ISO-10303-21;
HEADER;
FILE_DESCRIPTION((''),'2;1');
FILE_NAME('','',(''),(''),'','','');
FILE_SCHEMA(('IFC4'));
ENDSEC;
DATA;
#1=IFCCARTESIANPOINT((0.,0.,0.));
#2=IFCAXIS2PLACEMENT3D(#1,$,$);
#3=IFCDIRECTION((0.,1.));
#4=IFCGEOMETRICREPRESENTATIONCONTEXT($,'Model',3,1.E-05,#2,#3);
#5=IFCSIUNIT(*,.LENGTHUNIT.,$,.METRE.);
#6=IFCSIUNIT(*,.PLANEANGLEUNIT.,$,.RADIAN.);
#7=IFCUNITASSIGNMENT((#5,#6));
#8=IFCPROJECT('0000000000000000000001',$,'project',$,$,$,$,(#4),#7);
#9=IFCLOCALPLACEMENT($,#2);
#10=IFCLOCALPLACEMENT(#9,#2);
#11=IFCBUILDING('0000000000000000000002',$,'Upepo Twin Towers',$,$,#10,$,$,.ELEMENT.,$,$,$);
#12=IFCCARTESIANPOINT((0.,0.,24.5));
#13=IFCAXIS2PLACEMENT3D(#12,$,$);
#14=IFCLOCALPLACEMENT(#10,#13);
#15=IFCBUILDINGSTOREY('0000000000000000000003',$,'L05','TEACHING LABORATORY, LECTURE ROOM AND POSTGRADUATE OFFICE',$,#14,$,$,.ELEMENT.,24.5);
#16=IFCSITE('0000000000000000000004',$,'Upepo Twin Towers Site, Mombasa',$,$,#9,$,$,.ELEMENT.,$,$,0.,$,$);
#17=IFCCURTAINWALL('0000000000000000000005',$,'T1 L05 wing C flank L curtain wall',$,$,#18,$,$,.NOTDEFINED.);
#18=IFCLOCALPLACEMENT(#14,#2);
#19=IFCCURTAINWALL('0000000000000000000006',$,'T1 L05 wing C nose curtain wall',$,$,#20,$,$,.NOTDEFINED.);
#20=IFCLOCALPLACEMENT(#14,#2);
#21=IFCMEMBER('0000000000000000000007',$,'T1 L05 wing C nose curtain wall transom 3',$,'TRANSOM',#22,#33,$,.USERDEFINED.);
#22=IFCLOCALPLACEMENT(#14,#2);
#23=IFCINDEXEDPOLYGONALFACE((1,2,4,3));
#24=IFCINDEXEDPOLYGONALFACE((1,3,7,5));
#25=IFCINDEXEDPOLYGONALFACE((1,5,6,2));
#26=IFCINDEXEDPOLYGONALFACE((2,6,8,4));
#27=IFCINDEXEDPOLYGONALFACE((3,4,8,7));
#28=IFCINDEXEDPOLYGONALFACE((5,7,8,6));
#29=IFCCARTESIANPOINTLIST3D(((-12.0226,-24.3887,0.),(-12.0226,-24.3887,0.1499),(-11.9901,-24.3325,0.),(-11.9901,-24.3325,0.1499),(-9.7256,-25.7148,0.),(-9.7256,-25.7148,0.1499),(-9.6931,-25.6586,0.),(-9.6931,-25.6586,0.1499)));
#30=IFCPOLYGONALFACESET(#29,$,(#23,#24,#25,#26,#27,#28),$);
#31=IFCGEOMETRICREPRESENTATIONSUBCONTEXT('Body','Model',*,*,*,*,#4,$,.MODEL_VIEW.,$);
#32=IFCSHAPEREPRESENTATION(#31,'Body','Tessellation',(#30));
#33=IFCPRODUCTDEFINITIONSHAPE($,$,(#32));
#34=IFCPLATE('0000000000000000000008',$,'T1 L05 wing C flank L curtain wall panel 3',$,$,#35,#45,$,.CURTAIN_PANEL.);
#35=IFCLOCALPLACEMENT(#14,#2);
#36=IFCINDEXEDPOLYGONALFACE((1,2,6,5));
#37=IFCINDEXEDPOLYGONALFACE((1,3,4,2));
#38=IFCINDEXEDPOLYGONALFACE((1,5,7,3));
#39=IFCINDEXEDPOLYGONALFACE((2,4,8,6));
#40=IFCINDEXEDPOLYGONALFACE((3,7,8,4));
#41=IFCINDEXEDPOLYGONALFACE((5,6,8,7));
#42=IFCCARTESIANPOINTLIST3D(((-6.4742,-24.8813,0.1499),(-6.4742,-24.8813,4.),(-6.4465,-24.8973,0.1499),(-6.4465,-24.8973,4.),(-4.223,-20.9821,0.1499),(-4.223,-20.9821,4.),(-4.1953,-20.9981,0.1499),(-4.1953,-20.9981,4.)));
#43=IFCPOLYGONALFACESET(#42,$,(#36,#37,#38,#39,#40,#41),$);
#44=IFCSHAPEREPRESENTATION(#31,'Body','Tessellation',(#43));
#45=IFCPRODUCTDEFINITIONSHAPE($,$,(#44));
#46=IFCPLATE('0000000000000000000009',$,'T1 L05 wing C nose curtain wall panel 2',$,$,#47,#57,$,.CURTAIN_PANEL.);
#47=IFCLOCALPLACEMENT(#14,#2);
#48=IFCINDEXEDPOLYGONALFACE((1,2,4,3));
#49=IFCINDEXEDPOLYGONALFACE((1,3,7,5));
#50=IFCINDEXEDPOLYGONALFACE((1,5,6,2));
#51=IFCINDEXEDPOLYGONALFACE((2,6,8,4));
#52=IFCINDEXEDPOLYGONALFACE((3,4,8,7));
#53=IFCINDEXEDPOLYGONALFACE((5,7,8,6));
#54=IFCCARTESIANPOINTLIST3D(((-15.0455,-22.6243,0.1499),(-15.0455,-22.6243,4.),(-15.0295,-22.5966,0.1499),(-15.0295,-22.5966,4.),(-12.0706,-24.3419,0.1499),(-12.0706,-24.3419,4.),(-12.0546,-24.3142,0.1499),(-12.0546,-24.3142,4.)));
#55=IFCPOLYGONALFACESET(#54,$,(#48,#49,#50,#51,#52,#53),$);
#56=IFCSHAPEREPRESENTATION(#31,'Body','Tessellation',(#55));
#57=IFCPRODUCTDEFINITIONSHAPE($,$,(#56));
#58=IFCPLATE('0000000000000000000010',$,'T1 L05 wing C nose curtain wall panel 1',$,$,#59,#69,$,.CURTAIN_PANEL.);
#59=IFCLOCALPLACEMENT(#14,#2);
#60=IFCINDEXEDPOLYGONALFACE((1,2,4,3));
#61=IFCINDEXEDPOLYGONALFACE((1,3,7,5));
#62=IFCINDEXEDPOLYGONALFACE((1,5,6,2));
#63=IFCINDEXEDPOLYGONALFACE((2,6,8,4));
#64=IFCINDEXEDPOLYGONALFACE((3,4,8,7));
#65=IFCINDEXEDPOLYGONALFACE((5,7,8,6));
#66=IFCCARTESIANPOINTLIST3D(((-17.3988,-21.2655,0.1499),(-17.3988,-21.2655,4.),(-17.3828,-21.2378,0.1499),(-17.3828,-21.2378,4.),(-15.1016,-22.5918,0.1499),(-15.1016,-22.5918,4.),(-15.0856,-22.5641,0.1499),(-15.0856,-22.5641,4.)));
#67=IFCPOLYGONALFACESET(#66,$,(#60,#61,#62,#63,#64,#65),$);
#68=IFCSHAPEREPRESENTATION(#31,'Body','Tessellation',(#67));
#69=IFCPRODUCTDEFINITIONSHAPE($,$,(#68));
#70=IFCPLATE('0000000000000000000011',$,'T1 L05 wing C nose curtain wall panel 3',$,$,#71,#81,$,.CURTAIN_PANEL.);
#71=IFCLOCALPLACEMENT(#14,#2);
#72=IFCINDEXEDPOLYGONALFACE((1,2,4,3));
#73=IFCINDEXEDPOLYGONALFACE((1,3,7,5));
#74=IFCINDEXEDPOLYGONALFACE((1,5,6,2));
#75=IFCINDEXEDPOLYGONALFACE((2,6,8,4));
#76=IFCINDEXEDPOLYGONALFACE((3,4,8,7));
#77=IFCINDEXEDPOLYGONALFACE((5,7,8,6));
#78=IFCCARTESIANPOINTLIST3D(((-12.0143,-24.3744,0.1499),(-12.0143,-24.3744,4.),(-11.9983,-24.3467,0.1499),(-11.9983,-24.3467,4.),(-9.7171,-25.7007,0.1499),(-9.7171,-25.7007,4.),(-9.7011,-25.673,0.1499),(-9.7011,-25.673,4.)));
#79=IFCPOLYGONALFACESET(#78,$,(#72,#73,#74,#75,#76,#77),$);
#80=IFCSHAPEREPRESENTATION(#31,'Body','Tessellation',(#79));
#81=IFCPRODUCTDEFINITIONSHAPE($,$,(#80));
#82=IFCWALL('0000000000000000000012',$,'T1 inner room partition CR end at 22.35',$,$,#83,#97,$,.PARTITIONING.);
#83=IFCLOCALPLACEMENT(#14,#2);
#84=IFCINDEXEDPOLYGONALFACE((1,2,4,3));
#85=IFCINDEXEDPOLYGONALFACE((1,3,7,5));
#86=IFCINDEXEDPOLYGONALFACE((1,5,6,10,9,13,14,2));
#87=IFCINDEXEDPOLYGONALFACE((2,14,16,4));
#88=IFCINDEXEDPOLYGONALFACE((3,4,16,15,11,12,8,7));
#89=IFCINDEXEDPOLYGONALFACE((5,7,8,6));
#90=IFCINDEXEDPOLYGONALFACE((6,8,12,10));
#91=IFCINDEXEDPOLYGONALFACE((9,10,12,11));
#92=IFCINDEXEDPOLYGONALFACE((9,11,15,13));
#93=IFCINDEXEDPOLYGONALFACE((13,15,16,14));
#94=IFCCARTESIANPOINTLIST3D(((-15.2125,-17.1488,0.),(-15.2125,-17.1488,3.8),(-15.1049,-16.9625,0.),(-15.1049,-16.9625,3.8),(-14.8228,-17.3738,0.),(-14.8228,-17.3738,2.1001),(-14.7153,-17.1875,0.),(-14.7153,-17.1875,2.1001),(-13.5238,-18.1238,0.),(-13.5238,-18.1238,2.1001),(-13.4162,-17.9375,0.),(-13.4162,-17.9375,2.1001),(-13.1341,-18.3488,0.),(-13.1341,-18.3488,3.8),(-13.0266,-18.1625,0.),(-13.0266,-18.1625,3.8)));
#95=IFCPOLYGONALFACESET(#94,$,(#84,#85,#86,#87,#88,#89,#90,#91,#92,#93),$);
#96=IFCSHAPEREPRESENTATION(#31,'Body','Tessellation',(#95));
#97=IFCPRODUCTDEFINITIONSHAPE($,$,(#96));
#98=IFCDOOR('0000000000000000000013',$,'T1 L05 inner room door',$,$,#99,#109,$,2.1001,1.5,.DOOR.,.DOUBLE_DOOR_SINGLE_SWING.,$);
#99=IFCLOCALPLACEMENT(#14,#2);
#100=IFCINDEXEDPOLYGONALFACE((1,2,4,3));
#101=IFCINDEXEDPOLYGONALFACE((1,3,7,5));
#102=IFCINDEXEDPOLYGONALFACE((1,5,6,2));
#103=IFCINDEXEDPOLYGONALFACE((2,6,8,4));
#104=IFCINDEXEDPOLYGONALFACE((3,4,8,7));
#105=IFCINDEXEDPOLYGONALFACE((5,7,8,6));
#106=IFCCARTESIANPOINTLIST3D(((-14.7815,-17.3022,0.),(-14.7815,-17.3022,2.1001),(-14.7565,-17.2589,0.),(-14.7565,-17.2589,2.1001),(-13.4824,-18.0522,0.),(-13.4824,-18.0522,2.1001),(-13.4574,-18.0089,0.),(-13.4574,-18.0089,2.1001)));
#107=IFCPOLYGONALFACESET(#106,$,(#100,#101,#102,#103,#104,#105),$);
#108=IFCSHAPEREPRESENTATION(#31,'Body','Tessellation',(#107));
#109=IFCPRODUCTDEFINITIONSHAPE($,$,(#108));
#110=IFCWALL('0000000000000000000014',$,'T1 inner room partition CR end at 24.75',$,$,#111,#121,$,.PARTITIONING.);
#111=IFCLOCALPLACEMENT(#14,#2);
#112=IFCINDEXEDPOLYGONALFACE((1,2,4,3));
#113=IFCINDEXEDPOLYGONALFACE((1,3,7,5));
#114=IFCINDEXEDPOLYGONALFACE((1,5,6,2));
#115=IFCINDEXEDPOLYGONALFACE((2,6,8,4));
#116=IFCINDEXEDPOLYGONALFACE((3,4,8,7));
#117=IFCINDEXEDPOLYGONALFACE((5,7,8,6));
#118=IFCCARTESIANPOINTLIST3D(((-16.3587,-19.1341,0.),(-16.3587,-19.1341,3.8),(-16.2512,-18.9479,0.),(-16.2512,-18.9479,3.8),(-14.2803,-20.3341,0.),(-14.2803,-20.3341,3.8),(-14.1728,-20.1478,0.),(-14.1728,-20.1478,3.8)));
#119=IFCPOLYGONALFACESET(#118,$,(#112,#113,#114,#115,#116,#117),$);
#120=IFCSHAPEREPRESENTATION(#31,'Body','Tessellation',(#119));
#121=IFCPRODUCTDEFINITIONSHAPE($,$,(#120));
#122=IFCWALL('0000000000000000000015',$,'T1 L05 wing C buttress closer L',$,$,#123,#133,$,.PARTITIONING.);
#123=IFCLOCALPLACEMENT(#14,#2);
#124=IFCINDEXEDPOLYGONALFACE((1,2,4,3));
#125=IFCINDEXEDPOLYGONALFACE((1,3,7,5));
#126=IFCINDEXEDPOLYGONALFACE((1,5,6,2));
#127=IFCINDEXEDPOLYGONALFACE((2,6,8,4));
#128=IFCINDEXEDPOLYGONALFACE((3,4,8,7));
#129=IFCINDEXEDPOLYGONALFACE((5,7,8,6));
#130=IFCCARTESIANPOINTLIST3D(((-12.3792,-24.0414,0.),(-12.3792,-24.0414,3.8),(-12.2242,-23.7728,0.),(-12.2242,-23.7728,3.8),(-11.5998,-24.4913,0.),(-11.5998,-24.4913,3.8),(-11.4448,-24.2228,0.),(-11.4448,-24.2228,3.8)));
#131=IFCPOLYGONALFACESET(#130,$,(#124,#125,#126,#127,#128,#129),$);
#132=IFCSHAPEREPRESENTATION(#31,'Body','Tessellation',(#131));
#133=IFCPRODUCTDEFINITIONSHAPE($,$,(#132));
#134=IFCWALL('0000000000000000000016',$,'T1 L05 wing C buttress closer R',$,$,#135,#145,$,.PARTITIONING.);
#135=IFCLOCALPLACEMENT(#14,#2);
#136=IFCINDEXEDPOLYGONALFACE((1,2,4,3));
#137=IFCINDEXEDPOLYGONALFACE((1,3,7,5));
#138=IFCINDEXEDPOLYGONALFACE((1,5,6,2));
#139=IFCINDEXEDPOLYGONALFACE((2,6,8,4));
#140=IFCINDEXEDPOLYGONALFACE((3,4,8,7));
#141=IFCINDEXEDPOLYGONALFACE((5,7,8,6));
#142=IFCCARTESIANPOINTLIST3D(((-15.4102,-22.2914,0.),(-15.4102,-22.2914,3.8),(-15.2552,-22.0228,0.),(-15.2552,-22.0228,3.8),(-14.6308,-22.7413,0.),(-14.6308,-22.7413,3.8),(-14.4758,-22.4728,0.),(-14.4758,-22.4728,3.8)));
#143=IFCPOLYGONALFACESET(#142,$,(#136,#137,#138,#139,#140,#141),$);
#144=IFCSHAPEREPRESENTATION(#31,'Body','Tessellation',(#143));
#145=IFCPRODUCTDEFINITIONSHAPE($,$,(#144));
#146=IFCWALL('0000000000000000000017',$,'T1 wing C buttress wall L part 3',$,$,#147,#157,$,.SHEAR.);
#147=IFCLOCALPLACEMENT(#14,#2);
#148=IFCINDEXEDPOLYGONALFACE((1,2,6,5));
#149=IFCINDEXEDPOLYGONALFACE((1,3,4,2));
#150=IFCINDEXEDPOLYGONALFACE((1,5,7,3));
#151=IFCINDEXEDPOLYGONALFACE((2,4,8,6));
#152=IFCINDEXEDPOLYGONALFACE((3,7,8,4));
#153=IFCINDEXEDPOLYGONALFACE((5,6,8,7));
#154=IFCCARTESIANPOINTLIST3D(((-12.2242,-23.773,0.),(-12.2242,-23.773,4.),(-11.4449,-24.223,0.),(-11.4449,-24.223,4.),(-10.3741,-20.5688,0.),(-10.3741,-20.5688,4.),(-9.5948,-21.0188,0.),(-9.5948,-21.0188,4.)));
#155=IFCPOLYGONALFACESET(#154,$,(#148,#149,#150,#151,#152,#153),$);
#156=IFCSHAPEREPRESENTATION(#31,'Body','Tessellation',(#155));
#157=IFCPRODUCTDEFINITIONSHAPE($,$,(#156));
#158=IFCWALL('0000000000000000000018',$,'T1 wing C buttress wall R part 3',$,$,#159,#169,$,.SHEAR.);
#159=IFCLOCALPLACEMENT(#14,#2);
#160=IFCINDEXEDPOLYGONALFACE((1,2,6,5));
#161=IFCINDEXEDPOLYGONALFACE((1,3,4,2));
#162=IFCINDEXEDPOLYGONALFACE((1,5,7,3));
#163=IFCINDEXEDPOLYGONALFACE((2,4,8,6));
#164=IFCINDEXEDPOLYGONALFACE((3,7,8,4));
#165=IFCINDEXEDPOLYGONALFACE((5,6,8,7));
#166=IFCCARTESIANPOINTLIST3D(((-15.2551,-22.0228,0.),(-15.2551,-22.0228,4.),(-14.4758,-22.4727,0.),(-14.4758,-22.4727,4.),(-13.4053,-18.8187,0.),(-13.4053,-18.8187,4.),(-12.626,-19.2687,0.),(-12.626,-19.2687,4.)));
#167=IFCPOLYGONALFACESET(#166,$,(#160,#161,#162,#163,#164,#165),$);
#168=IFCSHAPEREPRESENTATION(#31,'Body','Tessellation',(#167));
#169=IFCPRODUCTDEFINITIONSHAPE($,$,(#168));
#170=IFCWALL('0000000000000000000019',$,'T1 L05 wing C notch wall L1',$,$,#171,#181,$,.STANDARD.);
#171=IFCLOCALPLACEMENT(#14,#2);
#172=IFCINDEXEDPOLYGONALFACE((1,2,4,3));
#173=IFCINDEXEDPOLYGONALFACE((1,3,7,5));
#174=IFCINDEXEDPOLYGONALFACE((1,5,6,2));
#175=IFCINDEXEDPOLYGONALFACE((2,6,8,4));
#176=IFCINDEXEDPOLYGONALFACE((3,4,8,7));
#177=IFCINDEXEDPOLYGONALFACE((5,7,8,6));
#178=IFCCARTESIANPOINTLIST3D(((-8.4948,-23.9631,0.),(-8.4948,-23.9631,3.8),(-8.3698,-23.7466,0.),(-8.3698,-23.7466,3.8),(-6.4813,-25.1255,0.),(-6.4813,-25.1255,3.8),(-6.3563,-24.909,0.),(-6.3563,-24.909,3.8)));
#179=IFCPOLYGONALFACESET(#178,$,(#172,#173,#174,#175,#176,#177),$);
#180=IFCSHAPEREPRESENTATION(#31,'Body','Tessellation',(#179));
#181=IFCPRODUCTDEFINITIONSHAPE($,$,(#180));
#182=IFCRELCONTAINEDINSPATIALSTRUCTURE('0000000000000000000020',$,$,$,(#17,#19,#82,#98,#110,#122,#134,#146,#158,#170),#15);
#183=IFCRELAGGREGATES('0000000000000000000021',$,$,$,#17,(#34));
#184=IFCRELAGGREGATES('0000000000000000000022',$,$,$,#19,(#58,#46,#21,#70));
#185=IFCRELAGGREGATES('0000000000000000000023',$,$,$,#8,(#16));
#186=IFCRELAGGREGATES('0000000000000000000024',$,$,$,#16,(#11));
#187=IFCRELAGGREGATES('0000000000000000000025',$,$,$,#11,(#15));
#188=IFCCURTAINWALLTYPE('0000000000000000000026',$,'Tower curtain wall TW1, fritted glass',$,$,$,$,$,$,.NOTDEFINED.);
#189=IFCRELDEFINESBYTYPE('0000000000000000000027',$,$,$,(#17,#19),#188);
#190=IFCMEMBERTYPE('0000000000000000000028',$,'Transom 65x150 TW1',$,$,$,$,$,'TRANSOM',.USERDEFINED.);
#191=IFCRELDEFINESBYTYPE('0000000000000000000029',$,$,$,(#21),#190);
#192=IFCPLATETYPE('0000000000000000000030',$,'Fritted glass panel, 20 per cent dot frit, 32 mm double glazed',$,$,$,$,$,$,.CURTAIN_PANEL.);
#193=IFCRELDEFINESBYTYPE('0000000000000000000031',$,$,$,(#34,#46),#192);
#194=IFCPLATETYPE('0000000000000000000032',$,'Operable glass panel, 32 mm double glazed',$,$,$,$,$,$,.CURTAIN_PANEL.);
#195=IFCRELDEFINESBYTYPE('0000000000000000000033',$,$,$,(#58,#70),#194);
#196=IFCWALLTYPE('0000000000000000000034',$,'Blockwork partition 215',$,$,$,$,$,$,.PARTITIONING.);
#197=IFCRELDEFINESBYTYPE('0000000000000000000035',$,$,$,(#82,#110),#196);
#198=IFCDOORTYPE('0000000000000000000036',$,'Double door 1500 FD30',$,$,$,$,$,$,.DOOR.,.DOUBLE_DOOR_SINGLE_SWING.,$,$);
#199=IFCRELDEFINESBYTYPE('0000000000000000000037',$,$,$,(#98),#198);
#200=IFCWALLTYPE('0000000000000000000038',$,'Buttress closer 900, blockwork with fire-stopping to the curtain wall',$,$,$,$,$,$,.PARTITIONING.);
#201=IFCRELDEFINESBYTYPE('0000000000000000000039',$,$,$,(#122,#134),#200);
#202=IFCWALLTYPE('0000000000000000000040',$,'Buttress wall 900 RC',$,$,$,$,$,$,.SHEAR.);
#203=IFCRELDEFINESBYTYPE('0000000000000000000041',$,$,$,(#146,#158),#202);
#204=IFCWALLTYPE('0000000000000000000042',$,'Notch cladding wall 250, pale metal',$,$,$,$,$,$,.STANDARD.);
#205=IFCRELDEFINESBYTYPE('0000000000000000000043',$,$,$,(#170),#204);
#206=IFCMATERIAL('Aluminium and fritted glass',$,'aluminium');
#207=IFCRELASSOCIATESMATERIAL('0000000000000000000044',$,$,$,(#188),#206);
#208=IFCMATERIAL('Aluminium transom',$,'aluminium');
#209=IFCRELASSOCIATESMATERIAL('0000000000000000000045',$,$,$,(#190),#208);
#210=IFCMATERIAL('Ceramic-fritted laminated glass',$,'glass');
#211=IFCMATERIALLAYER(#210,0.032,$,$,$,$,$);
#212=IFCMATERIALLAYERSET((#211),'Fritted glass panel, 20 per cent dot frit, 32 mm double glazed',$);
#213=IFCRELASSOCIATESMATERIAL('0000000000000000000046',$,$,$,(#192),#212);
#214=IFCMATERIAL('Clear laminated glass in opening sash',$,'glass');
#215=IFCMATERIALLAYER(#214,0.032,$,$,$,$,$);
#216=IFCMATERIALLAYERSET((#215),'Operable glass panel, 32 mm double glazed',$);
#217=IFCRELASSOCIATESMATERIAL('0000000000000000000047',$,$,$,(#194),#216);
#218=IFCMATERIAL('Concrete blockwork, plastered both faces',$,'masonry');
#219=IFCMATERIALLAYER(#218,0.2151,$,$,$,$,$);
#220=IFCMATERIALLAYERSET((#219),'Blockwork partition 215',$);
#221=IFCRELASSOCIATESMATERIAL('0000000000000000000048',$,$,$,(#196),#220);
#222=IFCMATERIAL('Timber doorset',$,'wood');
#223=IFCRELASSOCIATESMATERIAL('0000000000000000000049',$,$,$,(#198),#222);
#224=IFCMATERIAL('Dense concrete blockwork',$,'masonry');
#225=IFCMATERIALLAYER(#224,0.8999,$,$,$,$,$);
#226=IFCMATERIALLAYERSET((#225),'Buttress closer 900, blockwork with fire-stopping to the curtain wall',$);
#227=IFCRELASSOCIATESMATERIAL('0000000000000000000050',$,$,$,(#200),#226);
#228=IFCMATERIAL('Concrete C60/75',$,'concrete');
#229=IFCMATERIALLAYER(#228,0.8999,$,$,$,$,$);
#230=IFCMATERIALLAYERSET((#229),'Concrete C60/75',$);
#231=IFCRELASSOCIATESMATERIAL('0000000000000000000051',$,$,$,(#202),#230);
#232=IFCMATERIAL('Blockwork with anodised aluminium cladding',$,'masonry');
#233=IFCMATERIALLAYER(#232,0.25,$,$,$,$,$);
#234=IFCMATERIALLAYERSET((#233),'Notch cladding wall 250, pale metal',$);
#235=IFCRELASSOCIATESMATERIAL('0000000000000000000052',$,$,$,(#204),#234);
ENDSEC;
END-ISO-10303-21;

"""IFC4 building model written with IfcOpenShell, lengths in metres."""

from ifc_helpers import new_model, si_unit, direction, frame, frame_2d, origin, origin_2d, place, context, subcontext, project, spatial, rectangle, extrude, material, layer, layer_set, material_profile, profile_set, type_object, element, fill, aggregate, save


model = new_model("IFC4")

# Units and contexts
model_context = context("Model", 3, precision=1e-05, world=origin(), true_north=direction((0.0, 1.0)))
body_context = subcontext(model_context, "Body", "Model", "MODEL_VIEW")
ifc_project = project(units=[si_unit("LENGTHUNIT", "METRE"), si_unit("PLANEANGLEUNIT", "RADIAN")], contexts=[model_context])

# Site, building, storey
site_placement = place(None, origin())
site = spatial("IfcSite", under=ifc_project, at=site_placement, Name="Upepo Twin Towers Site, Mombasa", CompositionType="ELEMENT", RefElevation=0.0)
building_placement = place(site_placement, origin())
building = spatial("IfcBuilding", under=site, at=building_placement, Name="Upepo Twin Towers", CompositionType="ELEMENT")
storey_placement = place(building_placement, frame((0.0, 0.0, 24.5)))
storey = spatial("IfcBuildingStorey", under=building, at=storey_placement, Name="L05", Description="TEACHING LABORATORY, LECTURE ROOM AND POSTGRADUATE OFFICE", CompositionType="ELEMENT", Elevation=24.5)

# Curtain wall
ifc_material_1 = material(Name="Aluminium and fritted glass", Category="aluminium")
curtain_wall_type = type_object("IfcCurtainWallType", Name="Tower curtain wall TW1, fritted glass", PredefinedType="NOTDEFINED", material=ifc_material_1)
curtain_wall_1_placement = place(storey_placement, origin())
curtain_wall_1 = element("IfcCurtainWall", 1, at=curtain_wall_1_placement, inside=storey, type_object=curtain_wall_type, Name="T1 L05 wing C flank L curtain wall", PredefinedType="NOTDEFINED")

# Curtain wall
curtain_wall_2_placement = place(storey_placement, origin())
curtain_wall_2 = element("IfcCurtainWall", 2, at=curtain_wall_2_placement, inside=storey, type_object=curtain_wall_type, Name="T1 L05 wing C nose curtain wall", PredefinedType="NOTDEFINED")

# Member
ifc_material_2 = material(Name="Aluminium transom", Category="aluminium")
ifc_material_profile_1 = material_profile(ifc_material_2, rectangle(XDim=0.0649, YDim=0.1499, at=origin_2d()), Name="TRANSOM 65x150")
ifc_profile_set_1 = profile_set([ifc_material_profile_1], Name="Aluminium transom")
member_type_1 = type_object("IfcMemberType", Name="Transom 65x150 TW1", ElementType="TRANSOM", PredefinedType="USERDEFINED", material=ifc_profile_set_1)
member_1_placement = place(storey_placement, frame((-12.0063, -24.3606, 0.075), z_axis=(0.866037, -0.49998, 0.0), x_axis=(0.49998, 0.866037, 0.0)))
member_1 = element("IfcMember", 3, at=member_1_placement, type_object=member_type_1, Name="T1 L05 wing C nose curtain wall transom 3", ObjectType="TRANSOM", PredefinedType="USERDEFINED", context=body_context, shape_type="SweptSolid", body=[
    extrude(rectangle(XDim=0.0649, YDim=0.1499, at=origin_2d()), origin(), (0.0, 0.0, 1.0), 2.6523),
])

# Plates
ifc_material_3 = material(Name="Ceramic-fritted laminated glass", Category="glass")
ifc_layer_1 = layer(ifc_material_3, 0.032)
ifc_layer_set_1 = layer_set([ifc_layer_1], Name="Fritted glass panel, 20 per cent dot frit, 32 mm double glazed")
plate_type_1 = type_object("IfcPlateType", Name="Fritted glass panel, 20 per cent dot frit, 32 mm double glazed", PredefinedType="CURTAIN_PANEL", material=ifc_layer_set_1)
plate_1_placement = place(storey_placement, frame((-5.3347, -22.9397, 0.1499), z_axis=(0.0, 0.0, 1.0), x_axis=(-0.5, -0.866025, 0.0)))
plate_1 = element("IfcPlate", 4, at=plate_1_placement, type_object=plate_type_1, Name="T1 L05 wing C flank L curtain wall panel 3", PredefinedType="CURTAIN_PANEL", context=body_context, shape_type="SweptSolid", body=[
    extrude(rectangle(XDim=4.5024, YDim=0.032, at=origin_2d()), origin(), (0.0, 0.0, 1.0), 3.8501),
])
aggregate(curtain_wall_1, [plate_1])
plate_2_placement = place(storey_placement, frame((-13.55, -23.4692, 0.1499), z_axis=(0.0, 0.0, 1.0), x_axis=(0.866025, -0.5, 0.0)))
plate_2 = element("IfcPlate", 5, at=plate_2_placement, type_object=plate_type_1, Name="T1 L05 wing C nose curtain wall panel 2", PredefinedType="CURTAIN_PANEL", context=body_context, shape_type="SweptSolid", body=[
    extrude(rectangle(XDim=3.4351, YDim=0.032, at=origin_2d()), origin(), (0.0, 0.0, 1.0), 3.8501),
])
ifc_material_4 = material(Name="Clear laminated glass in opening sash", Category="glass")
ifc_layer_2 = layer(ifc_material_4, 0.032)
ifc_layer_set_2 = layer_set([ifc_layer_2], Name="Operable glass panel, 32 mm double glazed")
plate_type_2 = type_object("IfcPlateType", Name="Operable glass panel, 32 mm double glazed", PredefinedType="CURTAIN_PANEL", material=ifc_layer_set_2)
plate_3_placement = place(storey_placement, frame((-16.2422, -21.9148, 0.1499), z_axis=(0.0, 0.0, 1.0), x_axis=(0.866025, -0.5, 0.0)))
plate_3 = element("IfcPlate", 6, at=plate_3_placement, type_object=plate_type_2, Name="T1 L05 wing C nose curtain wall panel 1", PredefinedType="CURTAIN_PANEL", context=body_context, shape_type="SweptSolid", body=[
    extrude(rectangle(XDim=2.6526, YDim=0.032, at=origin_2d()), origin(), (0.0, 0.0, 1.0), 3.8501),
])
plate_4_placement = place(storey_placement, frame((-10.8577, -25.0237, 0.1499), z_axis=(0.0, 0.0, 1.0), x_axis=(0.866025, -0.5, 0.0)))
plate_4 = element("IfcPlate", 7, at=plate_4_placement, type_object=plate_type_2, Name="T1 L05 wing C nose curtain wall panel 3", PredefinedType="CURTAIN_PANEL", context=body_context, shape_type="SweptSolid", body=[
    extrude(rectangle(XDim=2.6526, YDim=0.032, at=origin_2d()), origin(), (0.0, 0.0, 1.0), 3.8501),
])
aggregate(curtain_wall_2, [plate_3, plate_2, member_1, plate_4])

# Wall, opening, door
ifc_material_5 = material(Name="Concrete blockwork, plastered both faces", Category="masonry")
ifc_layer_3 = layer(ifc_material_5, 0.2151)
ifc_layer_set_3 = layer_set([ifc_layer_3], Name="Blockwork partition 215")
wall_type_1 = type_object("IfcWallType", Name="Blockwork partition 215", PredefinedType="PARTITIONING", material=ifc_layer_set_3)
wall_1_placement = place(storey_placement, frame((-13.0803, -18.2556, 0.0), z_axis=(0.0, 0.0, 1.0), x_axis=(-0.866025, 0.500001, 0.0)))
wall_1 = element("IfcWall", 8, at=wall_1_placement, inside=storey, type_object=wall_type_1, Name="T1 inner room partition CR end at 22.35", PredefinedType="PARTITIONING", context=body_context, shape_type="SweptSolid", body=[
    extrude(rectangle(XDim=2.3999, YDim=0.2151, at=frame_2d((1.2, 0.0))), origin(), (0.0, 0.0, 1.0), 3.8),
])
opening_placement = place(wall_1_placement, frame((0.45, 0.0, 0.0)))
opening = element("IfcOpeningElement", 9, at=opening_placement, cuts=wall_1, PredefinedType="OPENING", context=body_context, shape_type="SweptSolid", body=[
    extrude(rectangle(XDim=1.5, YDim=2.1001, at=frame_2d((0.75, 1.05))), frame((0.0, 0.1174, 0.0), z_axis=(0.0, -1.0, 0.0), x_axis=(1.0, 0.0, 0.0)), (0.0, 0.0, 1.0), 0.2351),
])
ifc_material_6 = material(Name="Timber doorset", Category="wood")
door_type = type_object("IfcDoorType", Name="Double door 1500 FD30", OperationType="DOUBLE_DOOR_SINGLE_SWING", PredefinedType="DOOR", material=ifc_material_6)
door_placement = place(opening_placement, origin())
door = element("IfcDoor", 10, at=door_placement, inside=storey, type_object=door_type, Name="T1 L05 inner room door", OperationType="DOUBLE_DOOR_SINGLE_SWING", OverallHeight=2.1001, OverallWidth=1.5, PredefinedType="DOOR", context=body_context, shape_type="SweptSolid", body=[
    extrude(rectangle(XDim=1.5, YDim=2.1001, at=frame_2d((0.75, 1.05))), frame((0.0, 0.0249, 0.0), z_axis=(0.0, -1.0, 0.0), x_axis=(1.0, 0.0, 0.0)), (0.0, 0.0, 1.0), 0.05),
])
fill(opening, door)

# Walls
wall_2_placement = place(storey_placement, frame((-14.2266, -20.241, 0.0), z_axis=(0.0, 0.0, 1.0), x_axis=(-0.866025, 0.500001, 0.0)))
element("IfcWall", 11, at=wall_2_placement, inside=storey, type_object=wall_type_1, Name="T1 inner room partition CR end at 24.75", PredefinedType="PARTITIONING", context=body_context, shape_type="SweptSolid", body=[
    extrude(rectangle(XDim=2.3999, YDim=0.2151, at=frame_2d((1.2, 0.0))), origin(), (0.0, 0.0, 1.0), 3.8),
])
ifc_material_7 = material(Name="Dense concrete blockwork", Category="masonry")
ifc_layer_4 = layer(ifc_material_7, 0.8999)
ifc_layer_set_4 = layer_set([ifc_layer_4], Name="Buttress closer 900, blockwork with fire-stopping to the curtain wall")
wall_type_2 = type_object("IfcWallType", Name="Buttress closer 900, blockwork with fire-stopping to the curtain wall", PredefinedType="PARTITIONING", material=ifc_layer_set_4)
for number, where, z_axis, x_axis, name in (
    (12, (-11.8345, -23.9978, 0.0), (0.0, 0.0, 1.0), (-0.49995, -0.866054, 0.0), "T1 L05 wing C buttress closer L"),
    (13, (-14.8655, -22.2478, 0.0), (0.0, 0.0, 1.0), (-0.49995, -0.866054, 0.0), "T1 L05 wing C buttress closer R"),
):
    element("IfcWall", number, at=place(storey_placement, frame(where, z_axis=z_axis, x_axis=x_axis)), inside=storey, type_object=wall_type_2, Name=name, PredefinedType="PARTITIONING", context=body_context, shape_type="SweptSolid", body=[
        extrude(rectangle(XDim=0.3101, YDim=0.8999, at=frame_2d((0.155, 0.0))), origin(), (0.0, 0.0, 1.0), 3.8),
    ])
ifc_material_8 = material(Name="Concrete C60/75", Category="concrete")
ifc_layer_5 = layer(ifc_material_8, 0.8999)
ifc_layer_set_5 = layer_set([ifc_layer_5], Name="Concrete C60/75")
wall_type_3 = type_object("IfcWallType", Name="Buttress wall 900 RC", PredefinedType="SHEAR", material=ifc_layer_set_5)
wall_3_placement = place(storey_placement, frame((-9.9844, -20.7937, 0.0), z_axis=(0.0, 0.0, 1.0), x_axis=(-0.500042, -0.866001, 0.0)))
element("IfcWall", 14, at=wall_3_placement, inside=storey, type_object=wall_type_3, Name="T1 wing C buttress wall L part 3", PredefinedType="SHEAR", context=body_context, shape_type="SweptSolid", body=[
    extrude(rectangle(XDim=3.7, YDim=0.8999, at=frame_2d((1.8501, 0.0))), origin(), (0.0, 0.0, 1.0), 4.0),
])
wall_4_placement = place(storey_placement, frame((-13.0156, -19.0437, 0.0), z_axis=(0.0, 0.0, 1.0), x_axis=(-0.499993, -0.86603, 0.0)))
element("IfcWall", 15, at=wall_4_placement, inside=storey, type_object=wall_type_3, Name="T1 wing C buttress wall R part 3", PredefinedType="SHEAR", context=body_context, shape_type="SweptSolid", body=[
    extrude(rectangle(XDim=3.6997, YDim=0.8999, at=frame_2d((1.8499, 0.0))), origin(), (0.0, 0.0, 1.0), 4.0),
])
ifc_material_9 = material(Name="Blockwork with anodised aluminium cladding", Category="masonry")
ifc_layer_6 = layer(ifc_material_9, 0.25)
ifc_layer_set_6 = layer_set([ifc_layer_6], Name="Notch cladding wall 250, pale metal")
wall_type_4 = type_object("IfcWallType", Name="Notch cladding wall 250, pale metal", PredefinedType="STANDARD", material=ifc_layer_set_6)
for number, where, z_axis, x_axis, name in (
    (16, (-6.4187, -25.0173, 0.0), (0.0, 0.0, 1.0), (-0.866044, 0.499968, 0.0), "T1 L05 wing C notch wall L1"),
):
    element("IfcWall", number, at=place(storey_placement, frame(where, z_axis=z_axis, x_axis=x_axis)), inside=storey, type_object=wall_type_4, Name=name, PredefinedType="STANDARD", context=body_context, shape_type="SweptSolid", body=[
        extrude(rectangle(XDim=2.325, YDim=0.25, at=frame_2d((1.1626, 0.0))), origin(), (0.0, 0.0, 1.0), 3.8),
    ])

save(model, "model.ifc")
